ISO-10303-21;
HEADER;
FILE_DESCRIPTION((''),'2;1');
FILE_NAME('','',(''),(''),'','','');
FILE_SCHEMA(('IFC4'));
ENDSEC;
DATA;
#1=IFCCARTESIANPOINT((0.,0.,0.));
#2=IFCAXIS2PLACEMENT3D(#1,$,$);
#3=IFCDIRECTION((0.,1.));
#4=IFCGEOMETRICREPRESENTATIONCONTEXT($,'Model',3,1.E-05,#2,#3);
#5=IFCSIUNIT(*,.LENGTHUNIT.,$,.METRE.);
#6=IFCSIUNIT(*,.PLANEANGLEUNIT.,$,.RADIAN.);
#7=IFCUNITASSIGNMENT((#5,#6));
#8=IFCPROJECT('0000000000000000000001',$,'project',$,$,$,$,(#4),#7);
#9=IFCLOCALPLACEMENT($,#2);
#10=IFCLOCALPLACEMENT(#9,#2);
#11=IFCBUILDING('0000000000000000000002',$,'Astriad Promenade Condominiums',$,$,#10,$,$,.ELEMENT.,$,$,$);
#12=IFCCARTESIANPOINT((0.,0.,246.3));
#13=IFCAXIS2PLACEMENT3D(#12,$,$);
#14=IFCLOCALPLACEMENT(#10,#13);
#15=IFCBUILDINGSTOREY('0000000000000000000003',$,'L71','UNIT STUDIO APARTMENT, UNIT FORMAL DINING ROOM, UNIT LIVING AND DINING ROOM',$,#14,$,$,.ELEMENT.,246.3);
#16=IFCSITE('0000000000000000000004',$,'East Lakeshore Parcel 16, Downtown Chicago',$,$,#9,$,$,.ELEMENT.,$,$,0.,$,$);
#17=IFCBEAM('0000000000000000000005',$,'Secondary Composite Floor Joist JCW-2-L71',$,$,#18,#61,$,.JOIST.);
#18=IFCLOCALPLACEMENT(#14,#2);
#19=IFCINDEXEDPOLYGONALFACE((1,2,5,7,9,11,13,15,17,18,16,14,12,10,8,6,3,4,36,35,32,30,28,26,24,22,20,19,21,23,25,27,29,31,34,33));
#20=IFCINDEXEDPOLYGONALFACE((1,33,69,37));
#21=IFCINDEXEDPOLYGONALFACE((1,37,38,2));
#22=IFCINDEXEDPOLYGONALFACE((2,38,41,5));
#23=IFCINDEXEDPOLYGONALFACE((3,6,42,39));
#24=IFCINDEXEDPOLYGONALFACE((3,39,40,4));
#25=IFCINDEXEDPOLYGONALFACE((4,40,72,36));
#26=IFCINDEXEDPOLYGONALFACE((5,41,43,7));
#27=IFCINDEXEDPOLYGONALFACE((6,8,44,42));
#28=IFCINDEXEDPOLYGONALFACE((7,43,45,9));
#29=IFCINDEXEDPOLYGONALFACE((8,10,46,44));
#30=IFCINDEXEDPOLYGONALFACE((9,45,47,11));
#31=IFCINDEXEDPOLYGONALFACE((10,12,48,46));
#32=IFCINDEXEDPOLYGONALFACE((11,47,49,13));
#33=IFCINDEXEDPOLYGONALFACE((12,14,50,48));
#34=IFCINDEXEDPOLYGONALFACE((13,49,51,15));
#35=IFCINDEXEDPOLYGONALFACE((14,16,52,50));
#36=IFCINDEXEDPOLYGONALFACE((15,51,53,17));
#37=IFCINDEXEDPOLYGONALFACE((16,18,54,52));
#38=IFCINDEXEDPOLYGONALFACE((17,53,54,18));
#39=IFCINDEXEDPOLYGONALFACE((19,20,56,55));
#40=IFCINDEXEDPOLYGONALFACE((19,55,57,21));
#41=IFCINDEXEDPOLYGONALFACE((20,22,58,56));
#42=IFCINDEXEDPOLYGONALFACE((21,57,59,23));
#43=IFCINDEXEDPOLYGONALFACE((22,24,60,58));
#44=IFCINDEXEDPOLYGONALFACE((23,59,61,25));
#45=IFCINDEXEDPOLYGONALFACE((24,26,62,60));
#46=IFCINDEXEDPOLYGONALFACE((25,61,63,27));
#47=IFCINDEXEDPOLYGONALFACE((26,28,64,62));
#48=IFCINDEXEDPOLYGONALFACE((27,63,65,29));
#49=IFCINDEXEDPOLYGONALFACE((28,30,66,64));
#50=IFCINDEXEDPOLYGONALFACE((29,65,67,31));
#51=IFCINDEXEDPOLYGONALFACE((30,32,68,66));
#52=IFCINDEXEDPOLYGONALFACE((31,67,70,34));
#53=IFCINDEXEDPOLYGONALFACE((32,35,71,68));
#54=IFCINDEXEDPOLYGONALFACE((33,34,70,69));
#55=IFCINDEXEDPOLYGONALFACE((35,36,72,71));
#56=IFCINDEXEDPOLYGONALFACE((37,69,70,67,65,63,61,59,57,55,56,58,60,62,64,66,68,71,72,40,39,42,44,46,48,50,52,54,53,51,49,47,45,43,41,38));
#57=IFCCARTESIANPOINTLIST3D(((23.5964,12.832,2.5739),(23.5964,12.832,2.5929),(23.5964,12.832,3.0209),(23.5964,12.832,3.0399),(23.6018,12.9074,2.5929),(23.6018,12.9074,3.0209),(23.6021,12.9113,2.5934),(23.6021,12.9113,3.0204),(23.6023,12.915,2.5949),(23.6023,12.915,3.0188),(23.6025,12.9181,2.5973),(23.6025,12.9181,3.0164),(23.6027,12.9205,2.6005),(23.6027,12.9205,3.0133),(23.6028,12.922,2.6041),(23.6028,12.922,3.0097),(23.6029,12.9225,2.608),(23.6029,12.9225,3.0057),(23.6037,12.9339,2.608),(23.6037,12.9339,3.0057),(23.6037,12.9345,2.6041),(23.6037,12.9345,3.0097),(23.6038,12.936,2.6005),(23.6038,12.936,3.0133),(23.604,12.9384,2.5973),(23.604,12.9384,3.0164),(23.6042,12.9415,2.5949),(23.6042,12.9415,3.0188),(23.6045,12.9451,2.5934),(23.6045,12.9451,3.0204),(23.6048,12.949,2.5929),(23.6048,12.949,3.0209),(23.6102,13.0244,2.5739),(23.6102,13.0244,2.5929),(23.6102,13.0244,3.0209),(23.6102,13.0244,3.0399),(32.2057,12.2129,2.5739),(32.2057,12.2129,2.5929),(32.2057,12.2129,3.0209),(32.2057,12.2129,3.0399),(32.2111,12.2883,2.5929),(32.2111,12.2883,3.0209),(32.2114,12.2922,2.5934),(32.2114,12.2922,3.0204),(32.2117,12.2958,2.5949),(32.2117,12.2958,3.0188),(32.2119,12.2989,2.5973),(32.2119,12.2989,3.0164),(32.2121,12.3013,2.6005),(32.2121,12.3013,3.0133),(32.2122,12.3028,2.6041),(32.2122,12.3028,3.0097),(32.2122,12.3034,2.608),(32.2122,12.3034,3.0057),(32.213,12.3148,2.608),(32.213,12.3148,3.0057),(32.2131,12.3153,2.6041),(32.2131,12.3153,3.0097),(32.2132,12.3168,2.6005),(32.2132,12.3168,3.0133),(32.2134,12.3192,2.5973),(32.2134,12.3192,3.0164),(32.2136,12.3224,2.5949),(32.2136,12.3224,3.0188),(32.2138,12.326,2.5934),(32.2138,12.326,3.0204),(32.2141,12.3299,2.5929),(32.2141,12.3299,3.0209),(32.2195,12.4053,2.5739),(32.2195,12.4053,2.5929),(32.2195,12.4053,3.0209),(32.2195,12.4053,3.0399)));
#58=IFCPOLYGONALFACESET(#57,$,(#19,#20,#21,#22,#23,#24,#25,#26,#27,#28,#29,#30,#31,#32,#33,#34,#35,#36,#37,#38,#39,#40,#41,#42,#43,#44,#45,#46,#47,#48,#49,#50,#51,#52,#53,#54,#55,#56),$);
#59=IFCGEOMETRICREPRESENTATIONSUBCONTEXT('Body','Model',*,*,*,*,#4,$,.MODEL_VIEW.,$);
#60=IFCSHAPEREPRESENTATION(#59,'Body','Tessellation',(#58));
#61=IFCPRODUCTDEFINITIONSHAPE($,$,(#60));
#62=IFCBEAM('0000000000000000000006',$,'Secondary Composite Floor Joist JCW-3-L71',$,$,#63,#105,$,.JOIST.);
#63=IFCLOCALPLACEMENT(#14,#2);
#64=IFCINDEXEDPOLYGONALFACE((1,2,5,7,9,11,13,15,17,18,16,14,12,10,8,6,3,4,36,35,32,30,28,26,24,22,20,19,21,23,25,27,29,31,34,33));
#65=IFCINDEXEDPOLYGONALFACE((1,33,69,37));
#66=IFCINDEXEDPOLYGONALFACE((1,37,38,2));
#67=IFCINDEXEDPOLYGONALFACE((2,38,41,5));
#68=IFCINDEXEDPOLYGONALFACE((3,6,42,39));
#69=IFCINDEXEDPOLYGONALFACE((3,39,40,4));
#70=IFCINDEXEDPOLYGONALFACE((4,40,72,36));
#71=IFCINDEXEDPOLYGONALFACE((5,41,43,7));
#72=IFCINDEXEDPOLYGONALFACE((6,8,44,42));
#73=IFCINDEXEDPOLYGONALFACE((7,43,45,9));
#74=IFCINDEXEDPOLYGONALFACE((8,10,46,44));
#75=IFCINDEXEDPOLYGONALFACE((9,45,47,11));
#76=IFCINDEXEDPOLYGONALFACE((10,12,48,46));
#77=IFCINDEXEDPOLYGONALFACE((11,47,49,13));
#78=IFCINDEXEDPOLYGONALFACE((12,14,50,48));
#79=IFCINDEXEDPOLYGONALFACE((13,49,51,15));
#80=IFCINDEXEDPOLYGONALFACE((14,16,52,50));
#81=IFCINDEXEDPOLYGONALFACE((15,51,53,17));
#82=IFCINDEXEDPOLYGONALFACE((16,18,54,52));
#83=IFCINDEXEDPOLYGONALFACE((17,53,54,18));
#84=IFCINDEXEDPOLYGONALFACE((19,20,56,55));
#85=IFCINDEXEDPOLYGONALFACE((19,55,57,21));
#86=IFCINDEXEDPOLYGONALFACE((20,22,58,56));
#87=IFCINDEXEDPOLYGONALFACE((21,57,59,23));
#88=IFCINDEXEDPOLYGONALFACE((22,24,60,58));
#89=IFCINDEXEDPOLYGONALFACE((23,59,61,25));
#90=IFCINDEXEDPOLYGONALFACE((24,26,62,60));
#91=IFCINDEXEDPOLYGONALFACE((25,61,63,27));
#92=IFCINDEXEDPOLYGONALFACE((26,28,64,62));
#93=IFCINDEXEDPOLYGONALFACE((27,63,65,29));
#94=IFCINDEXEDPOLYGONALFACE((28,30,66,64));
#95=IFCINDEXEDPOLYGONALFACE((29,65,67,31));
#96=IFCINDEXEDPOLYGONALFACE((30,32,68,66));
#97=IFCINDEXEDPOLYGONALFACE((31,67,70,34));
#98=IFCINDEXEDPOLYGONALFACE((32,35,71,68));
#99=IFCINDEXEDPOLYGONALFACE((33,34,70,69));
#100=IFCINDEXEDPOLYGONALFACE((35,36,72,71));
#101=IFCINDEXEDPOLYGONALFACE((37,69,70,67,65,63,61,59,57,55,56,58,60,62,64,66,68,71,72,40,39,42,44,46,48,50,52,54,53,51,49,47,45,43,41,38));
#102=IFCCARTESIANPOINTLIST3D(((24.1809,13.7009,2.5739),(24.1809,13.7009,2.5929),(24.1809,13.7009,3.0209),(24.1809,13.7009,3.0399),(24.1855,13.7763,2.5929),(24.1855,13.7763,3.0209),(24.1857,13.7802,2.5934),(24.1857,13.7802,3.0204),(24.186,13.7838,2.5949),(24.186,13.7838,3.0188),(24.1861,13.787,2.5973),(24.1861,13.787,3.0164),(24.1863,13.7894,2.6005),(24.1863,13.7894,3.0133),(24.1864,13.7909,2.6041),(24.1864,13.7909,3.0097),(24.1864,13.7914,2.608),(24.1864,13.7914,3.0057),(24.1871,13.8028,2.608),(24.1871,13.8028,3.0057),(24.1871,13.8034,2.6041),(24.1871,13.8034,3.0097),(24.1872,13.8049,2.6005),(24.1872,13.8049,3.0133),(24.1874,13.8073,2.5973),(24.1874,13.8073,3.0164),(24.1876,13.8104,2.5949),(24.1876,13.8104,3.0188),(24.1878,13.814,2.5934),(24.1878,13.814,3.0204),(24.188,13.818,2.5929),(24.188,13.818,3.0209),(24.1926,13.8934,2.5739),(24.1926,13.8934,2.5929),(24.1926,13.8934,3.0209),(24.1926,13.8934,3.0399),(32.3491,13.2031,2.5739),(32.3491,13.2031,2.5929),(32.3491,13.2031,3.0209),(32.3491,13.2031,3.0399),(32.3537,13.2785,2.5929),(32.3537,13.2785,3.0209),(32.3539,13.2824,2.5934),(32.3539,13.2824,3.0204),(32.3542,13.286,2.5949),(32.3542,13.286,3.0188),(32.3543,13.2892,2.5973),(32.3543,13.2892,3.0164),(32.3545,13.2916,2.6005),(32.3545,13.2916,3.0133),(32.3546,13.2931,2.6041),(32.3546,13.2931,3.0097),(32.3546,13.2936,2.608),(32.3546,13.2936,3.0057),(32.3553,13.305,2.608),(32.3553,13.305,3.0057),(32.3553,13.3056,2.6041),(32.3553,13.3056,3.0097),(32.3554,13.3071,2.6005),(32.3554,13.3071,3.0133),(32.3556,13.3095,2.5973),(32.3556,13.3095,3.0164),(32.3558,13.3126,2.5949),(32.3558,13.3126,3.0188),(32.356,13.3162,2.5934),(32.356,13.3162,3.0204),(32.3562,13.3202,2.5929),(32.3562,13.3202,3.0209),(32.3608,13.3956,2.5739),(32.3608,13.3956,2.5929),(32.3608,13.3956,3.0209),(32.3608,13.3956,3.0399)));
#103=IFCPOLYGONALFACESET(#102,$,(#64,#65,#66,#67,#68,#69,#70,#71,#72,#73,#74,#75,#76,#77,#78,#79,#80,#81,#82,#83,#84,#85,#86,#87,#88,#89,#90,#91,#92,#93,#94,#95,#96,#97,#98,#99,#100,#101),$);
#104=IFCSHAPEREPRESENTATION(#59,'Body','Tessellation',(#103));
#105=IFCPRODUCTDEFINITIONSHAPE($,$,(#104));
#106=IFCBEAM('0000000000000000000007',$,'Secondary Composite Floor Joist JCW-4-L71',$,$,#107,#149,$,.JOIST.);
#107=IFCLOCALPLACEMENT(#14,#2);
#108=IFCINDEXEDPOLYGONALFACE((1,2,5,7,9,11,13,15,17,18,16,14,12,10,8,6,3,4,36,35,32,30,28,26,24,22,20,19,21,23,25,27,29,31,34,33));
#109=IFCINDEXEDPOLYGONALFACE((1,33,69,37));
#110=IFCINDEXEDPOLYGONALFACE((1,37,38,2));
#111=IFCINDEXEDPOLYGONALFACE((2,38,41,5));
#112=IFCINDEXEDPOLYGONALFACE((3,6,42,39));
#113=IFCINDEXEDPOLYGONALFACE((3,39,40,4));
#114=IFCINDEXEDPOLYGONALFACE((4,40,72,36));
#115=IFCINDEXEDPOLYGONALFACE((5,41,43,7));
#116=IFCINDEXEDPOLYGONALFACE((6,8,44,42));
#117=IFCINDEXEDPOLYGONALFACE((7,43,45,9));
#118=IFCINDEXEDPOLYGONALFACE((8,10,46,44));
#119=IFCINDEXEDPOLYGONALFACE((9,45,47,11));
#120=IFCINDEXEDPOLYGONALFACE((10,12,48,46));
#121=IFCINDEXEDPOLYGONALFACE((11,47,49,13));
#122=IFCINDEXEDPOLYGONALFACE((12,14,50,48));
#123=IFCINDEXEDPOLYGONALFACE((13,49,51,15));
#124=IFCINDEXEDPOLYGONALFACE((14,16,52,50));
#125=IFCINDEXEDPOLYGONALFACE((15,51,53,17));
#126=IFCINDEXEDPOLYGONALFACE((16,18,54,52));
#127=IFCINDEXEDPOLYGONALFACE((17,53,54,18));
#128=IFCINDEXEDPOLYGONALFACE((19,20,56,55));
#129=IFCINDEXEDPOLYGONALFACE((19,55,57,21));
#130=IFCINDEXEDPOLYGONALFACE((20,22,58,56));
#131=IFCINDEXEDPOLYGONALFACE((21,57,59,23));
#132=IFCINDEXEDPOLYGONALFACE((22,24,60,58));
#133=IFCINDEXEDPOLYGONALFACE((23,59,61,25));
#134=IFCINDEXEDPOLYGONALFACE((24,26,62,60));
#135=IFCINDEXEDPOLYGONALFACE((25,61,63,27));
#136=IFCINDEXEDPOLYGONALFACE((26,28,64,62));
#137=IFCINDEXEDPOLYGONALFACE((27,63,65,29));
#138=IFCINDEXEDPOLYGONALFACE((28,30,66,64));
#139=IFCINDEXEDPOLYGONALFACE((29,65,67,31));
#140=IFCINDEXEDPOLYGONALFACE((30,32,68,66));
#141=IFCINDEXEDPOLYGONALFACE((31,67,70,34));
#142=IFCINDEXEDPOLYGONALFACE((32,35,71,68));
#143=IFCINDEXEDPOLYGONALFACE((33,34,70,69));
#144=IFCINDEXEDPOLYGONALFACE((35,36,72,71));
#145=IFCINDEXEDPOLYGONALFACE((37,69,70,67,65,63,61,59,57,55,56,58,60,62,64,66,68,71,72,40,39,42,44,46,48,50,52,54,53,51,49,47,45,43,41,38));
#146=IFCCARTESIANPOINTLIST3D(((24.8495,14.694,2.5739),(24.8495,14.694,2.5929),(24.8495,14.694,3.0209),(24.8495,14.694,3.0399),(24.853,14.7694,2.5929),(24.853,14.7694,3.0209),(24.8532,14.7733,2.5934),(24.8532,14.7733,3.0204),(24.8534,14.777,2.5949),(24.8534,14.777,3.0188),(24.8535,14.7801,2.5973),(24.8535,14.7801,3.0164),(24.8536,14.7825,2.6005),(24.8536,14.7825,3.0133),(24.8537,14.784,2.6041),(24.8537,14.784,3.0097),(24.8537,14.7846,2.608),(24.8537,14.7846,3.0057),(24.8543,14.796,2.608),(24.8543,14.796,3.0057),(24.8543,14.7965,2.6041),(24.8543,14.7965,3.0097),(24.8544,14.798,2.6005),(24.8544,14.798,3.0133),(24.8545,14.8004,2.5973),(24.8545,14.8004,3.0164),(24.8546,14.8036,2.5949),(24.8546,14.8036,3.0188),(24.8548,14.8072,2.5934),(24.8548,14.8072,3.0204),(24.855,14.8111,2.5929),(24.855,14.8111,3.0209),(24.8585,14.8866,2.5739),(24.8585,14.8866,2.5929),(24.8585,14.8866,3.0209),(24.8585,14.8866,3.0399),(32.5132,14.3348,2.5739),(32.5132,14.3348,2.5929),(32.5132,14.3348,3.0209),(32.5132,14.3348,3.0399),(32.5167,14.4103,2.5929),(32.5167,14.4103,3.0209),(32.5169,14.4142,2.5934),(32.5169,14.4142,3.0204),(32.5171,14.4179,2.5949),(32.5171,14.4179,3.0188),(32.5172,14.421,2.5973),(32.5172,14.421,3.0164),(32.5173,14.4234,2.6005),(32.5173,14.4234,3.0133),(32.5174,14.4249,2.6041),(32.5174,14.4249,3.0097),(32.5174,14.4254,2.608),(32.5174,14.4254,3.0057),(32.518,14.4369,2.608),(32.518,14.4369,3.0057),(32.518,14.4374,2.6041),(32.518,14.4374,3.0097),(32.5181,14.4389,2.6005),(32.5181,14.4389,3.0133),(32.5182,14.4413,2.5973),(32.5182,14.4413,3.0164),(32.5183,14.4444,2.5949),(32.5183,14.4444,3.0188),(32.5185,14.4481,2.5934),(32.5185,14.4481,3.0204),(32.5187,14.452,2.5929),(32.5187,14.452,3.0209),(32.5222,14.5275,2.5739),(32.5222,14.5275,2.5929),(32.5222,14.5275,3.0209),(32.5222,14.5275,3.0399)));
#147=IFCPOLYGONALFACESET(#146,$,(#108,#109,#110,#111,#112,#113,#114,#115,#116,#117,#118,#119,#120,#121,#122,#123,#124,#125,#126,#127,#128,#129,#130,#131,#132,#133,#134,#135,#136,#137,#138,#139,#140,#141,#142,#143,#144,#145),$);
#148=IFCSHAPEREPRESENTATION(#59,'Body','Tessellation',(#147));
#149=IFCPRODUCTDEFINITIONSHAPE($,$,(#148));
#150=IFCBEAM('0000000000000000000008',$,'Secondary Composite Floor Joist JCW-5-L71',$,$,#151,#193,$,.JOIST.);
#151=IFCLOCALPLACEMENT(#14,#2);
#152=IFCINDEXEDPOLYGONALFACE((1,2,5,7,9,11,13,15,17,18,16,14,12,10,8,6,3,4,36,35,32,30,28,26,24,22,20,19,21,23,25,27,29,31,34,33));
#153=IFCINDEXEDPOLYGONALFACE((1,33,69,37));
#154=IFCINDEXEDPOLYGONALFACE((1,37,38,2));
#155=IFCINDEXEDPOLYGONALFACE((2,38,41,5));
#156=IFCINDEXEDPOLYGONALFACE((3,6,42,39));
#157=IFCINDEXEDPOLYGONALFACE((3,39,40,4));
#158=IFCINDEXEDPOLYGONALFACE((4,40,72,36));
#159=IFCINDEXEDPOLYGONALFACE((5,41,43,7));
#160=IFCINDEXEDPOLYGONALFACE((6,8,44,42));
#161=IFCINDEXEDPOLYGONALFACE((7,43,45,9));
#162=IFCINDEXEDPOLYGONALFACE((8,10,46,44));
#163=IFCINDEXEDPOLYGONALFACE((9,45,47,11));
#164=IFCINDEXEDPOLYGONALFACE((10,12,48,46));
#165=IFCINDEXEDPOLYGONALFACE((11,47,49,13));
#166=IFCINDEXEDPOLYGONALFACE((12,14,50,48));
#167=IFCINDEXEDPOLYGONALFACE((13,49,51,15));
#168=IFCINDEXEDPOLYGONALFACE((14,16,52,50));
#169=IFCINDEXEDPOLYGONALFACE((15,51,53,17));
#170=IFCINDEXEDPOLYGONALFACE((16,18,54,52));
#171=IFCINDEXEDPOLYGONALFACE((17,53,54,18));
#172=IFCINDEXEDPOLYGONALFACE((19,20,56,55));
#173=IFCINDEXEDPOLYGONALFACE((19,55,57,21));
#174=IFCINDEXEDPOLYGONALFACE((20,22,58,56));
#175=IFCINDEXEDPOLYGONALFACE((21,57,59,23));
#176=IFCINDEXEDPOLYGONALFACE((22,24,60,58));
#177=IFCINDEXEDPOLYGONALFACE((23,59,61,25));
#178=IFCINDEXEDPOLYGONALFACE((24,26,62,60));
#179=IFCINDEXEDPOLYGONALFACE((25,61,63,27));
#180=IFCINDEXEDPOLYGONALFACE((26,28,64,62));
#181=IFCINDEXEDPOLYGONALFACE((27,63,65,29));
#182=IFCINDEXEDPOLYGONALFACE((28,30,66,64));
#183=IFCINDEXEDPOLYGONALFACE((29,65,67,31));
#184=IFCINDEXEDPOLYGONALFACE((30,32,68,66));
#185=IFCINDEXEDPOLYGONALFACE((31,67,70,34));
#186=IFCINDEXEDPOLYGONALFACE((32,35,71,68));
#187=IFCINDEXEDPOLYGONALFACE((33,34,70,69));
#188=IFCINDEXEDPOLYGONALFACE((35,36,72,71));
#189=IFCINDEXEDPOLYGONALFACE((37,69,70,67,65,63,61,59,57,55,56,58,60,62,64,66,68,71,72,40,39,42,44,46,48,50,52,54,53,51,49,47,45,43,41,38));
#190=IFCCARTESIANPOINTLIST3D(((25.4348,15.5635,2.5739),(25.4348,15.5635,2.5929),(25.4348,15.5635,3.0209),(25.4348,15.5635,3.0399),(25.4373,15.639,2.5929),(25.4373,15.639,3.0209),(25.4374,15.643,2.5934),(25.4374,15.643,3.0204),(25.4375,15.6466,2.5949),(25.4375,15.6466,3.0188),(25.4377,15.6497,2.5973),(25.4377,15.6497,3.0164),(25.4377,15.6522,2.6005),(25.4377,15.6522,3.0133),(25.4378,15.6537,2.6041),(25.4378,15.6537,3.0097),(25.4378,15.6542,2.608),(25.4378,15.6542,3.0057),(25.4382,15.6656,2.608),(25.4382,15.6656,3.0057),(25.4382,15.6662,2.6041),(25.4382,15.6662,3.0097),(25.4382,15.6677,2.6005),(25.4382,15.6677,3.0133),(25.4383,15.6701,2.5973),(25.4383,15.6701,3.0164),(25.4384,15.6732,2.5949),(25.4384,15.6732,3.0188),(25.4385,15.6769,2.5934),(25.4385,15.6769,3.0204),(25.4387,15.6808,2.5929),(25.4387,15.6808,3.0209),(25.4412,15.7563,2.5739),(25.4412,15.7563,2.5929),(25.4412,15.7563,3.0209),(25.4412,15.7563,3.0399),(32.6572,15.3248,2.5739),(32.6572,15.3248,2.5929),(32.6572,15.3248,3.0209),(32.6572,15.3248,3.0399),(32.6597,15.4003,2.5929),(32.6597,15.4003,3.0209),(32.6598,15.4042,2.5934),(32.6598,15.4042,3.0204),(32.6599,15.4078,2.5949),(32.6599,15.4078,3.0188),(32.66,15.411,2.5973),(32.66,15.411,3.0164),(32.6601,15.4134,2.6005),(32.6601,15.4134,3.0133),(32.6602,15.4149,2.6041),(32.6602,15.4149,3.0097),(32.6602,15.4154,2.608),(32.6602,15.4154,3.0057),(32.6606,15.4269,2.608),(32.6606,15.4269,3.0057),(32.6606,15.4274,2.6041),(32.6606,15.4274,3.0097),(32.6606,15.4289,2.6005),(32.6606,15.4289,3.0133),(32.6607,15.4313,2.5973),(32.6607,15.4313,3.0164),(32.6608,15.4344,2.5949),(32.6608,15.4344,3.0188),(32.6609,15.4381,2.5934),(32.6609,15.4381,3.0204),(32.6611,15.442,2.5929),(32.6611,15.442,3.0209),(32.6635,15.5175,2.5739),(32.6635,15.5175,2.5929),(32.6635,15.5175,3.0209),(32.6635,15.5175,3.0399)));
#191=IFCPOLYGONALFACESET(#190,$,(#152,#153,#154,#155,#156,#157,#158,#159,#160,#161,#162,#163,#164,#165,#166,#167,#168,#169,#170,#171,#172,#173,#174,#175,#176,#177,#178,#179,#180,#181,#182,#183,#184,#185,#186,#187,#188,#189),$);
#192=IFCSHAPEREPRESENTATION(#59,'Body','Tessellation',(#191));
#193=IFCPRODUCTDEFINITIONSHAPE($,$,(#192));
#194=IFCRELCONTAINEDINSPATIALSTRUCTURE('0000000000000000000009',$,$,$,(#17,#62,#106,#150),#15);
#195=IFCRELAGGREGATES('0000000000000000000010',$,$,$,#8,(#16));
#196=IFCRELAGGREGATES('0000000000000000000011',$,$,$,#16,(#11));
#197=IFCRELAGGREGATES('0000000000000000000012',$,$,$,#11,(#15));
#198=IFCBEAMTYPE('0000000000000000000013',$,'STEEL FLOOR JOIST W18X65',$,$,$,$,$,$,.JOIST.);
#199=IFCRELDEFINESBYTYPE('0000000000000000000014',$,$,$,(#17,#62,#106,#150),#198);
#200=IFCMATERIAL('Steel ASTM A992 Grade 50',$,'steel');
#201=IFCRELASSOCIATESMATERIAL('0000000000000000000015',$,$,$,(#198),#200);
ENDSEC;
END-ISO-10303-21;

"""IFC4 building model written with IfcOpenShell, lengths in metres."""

from ifc_helpers import new_model, si_unit, direction, frame, origin, origin_2d, place, context, subcontext, project, spatial, i_section, extrude, source, transform, mapped, material, material_profile, profile_set, type_object, element, save


model = new_model("IFC4")

# Units and contexts
model_context = context("Model", 3, precision=1e-05, world=origin(), true_north=direction((0.0, 1.0)))
body_context = subcontext(model_context, "Body", "Model", "MODEL_VIEW")
ifc_project = project(units=[si_unit("LENGTHUNIT", "METRE"), si_unit("PLANEANGLEUNIT", "RADIAN")], contexts=[model_context])

# Site, building, storey
site_placement = place(None, origin())
site = spatial("IfcSite", under=ifc_project, at=site_placement, Name="East Lakeshore Parcel 16, Downtown Chicago", CompositionType="ELEMENT", RefElevation=0.0)
building_placement = place(site_placement, origin())
building = spatial("IfcBuilding", under=site, at=building_placement, Name="Astriad Promenade Condominiums", CompositionType="ELEMENT")
storey_placement = place(building_placement, frame((0.0, 0.0, 246.3)))
storey = spatial("IfcBuildingStorey", under=building, at=storey_placement, Name="L71", Description="UNIT STUDIO APARTMENT, UNIT FORMAL DINING ROOM, UNIT LIVING AND DINING ROOM", CompositionType="ELEMENT", Elevation=246.3)

# Beams
ifc_material_1 = material(Name="Steel ASTM A992 Grade 50", Category="steel")
ifc_material_profile_1 = material_profile(ifc_material_1, i_section(OverallWidth=0.1929, OverallDepth=0.4661, WebThickness=0.0115, FlangeThickness=0.019, FilletRadius=0.0151, at=origin_2d()), Name="W18X65")
ifc_profile_set_1 = profile_set([ifc_material_profile_1], Name="Steel ASTM A992 Grade 50")
beam_type_1 = type_object("IfcBeamType", Name="STEEL FLOOR JOIST W18X65", PredefinedType="JOIST", material=ifc_profile_set_1)
shared_shape_1 = source(origin(), body_context, "Body", "SweptSolid", [
    extrude(i_section(OverallWidth=0.1929, OverallDepth=0.4661, WebThickness=0.0115, FlangeThickness=0.019, FilletRadius=0.0151, at=origin_2d()), origin(), (0.0, 0.0, 1.0), 8.6316),
])
beam_1_placement = place(storey_placement, frame((23.6033, 12.9282, 2.8069), z_axis=(0.997424, -0.071729, 0.0), x_axis=(0.071729, 0.997424, 0.0)))
element("IfcBeam", 1, at=beam_1_placement, inside=storey, type_object=beam_type_1, Name="Secondary Composite Floor Joist JCW-2-L71", PredefinedType="JOIST", context=body_context, shape_type="MappedRepresentation", body=[
    mapped(shared_shape_1, transform((0.0, 0.0, 0.0), scale=1.0)),
])
shared_shape_2 = source(origin(), body_context, "Body", "SweptSolid", [
    extrude(i_section(OverallWidth=0.1929, OverallDepth=0.4661, WebThickness=0.0115, FlangeThickness=0.019, FilletRadius=0.0151, at=origin_2d()), origin(), (0.0, 0.0, 1.0), 8.1833),
])
beam_2_placement = place(storey_placement, frame((24.1868, 13.7971, 2.8069), z_axis=(0.998148, -0.060831, 0.0), x_axis=(0.060831, 0.998148, 0.0)))
element("IfcBeam", 2, at=beam_2_placement, inside=storey, type_object=beam_type_1, Name="Secondary Composite Floor Joist JCW-3-L71", PredefinedType="JOIST", context=body_context, shape_type="MappedRepresentation", body=[
    mapped(shared_shape_2, transform((0.0, 0.0, 0.0), scale=1.0)),
])
shared_shape_3 = source(origin(), body_context, "Body", "SweptSolid", [
    extrude(i_section(OverallWidth=0.1929, OverallDepth=0.4661, WebThickness=0.0115, FlangeThickness=0.019, FilletRadius=0.0151, at=origin_2d()), origin(), (0.0, 0.0, 1.0), 7.6721),
])
beam_3_placement = place(storey_placement, frame((24.854, 14.7903, 2.8069), z_axis=(0.998904, -0.046809, 0.0), x_axis=(0.046809, 0.998904, 0.0)))
element("IfcBeam", 3, at=beam_3_placement, inside=storey, type_object=beam_type_1, Name="Secondary Composite Floor Joist JCW-4-L71", PredefinedType="JOIST", context=body_context, shape_type="MappedRepresentation", body=[
    mapped(shared_shape_3, transform((0.0, 0.0, 0.0), scale=1.0)),
])
shared_shape_4 = source(origin(), body_context, "Body", "SweptSolid", [
    extrude(i_section(OverallWidth=0.1929, OverallDepth=0.4661, WebThickness=0.0115, FlangeThickness=0.019, FilletRadius=0.0151, at=origin_2d()), origin(), (0.0, 0.0, 1.0), 7.2263),
])
beam_4_placement = place(storey_placement, frame((25.438, 15.6599, 2.8069), z_axis=(0.999454, -0.033041, 0.0), x_axis=(0.033041, 0.999454, 0.0)))
element("IfcBeam", 4, at=beam_4_placement, inside=storey, type_object=beam_type_1, Name="Secondary Composite Floor Joist JCW-5-L71", PredefinedType="JOIST", context=body_context, shape_type="MappedRepresentation", body=[
    mapped(shared_shape_4, transform((0.0, 0.0, 0.0), scale=1.0)),
])

save(model, "model.ifc")
